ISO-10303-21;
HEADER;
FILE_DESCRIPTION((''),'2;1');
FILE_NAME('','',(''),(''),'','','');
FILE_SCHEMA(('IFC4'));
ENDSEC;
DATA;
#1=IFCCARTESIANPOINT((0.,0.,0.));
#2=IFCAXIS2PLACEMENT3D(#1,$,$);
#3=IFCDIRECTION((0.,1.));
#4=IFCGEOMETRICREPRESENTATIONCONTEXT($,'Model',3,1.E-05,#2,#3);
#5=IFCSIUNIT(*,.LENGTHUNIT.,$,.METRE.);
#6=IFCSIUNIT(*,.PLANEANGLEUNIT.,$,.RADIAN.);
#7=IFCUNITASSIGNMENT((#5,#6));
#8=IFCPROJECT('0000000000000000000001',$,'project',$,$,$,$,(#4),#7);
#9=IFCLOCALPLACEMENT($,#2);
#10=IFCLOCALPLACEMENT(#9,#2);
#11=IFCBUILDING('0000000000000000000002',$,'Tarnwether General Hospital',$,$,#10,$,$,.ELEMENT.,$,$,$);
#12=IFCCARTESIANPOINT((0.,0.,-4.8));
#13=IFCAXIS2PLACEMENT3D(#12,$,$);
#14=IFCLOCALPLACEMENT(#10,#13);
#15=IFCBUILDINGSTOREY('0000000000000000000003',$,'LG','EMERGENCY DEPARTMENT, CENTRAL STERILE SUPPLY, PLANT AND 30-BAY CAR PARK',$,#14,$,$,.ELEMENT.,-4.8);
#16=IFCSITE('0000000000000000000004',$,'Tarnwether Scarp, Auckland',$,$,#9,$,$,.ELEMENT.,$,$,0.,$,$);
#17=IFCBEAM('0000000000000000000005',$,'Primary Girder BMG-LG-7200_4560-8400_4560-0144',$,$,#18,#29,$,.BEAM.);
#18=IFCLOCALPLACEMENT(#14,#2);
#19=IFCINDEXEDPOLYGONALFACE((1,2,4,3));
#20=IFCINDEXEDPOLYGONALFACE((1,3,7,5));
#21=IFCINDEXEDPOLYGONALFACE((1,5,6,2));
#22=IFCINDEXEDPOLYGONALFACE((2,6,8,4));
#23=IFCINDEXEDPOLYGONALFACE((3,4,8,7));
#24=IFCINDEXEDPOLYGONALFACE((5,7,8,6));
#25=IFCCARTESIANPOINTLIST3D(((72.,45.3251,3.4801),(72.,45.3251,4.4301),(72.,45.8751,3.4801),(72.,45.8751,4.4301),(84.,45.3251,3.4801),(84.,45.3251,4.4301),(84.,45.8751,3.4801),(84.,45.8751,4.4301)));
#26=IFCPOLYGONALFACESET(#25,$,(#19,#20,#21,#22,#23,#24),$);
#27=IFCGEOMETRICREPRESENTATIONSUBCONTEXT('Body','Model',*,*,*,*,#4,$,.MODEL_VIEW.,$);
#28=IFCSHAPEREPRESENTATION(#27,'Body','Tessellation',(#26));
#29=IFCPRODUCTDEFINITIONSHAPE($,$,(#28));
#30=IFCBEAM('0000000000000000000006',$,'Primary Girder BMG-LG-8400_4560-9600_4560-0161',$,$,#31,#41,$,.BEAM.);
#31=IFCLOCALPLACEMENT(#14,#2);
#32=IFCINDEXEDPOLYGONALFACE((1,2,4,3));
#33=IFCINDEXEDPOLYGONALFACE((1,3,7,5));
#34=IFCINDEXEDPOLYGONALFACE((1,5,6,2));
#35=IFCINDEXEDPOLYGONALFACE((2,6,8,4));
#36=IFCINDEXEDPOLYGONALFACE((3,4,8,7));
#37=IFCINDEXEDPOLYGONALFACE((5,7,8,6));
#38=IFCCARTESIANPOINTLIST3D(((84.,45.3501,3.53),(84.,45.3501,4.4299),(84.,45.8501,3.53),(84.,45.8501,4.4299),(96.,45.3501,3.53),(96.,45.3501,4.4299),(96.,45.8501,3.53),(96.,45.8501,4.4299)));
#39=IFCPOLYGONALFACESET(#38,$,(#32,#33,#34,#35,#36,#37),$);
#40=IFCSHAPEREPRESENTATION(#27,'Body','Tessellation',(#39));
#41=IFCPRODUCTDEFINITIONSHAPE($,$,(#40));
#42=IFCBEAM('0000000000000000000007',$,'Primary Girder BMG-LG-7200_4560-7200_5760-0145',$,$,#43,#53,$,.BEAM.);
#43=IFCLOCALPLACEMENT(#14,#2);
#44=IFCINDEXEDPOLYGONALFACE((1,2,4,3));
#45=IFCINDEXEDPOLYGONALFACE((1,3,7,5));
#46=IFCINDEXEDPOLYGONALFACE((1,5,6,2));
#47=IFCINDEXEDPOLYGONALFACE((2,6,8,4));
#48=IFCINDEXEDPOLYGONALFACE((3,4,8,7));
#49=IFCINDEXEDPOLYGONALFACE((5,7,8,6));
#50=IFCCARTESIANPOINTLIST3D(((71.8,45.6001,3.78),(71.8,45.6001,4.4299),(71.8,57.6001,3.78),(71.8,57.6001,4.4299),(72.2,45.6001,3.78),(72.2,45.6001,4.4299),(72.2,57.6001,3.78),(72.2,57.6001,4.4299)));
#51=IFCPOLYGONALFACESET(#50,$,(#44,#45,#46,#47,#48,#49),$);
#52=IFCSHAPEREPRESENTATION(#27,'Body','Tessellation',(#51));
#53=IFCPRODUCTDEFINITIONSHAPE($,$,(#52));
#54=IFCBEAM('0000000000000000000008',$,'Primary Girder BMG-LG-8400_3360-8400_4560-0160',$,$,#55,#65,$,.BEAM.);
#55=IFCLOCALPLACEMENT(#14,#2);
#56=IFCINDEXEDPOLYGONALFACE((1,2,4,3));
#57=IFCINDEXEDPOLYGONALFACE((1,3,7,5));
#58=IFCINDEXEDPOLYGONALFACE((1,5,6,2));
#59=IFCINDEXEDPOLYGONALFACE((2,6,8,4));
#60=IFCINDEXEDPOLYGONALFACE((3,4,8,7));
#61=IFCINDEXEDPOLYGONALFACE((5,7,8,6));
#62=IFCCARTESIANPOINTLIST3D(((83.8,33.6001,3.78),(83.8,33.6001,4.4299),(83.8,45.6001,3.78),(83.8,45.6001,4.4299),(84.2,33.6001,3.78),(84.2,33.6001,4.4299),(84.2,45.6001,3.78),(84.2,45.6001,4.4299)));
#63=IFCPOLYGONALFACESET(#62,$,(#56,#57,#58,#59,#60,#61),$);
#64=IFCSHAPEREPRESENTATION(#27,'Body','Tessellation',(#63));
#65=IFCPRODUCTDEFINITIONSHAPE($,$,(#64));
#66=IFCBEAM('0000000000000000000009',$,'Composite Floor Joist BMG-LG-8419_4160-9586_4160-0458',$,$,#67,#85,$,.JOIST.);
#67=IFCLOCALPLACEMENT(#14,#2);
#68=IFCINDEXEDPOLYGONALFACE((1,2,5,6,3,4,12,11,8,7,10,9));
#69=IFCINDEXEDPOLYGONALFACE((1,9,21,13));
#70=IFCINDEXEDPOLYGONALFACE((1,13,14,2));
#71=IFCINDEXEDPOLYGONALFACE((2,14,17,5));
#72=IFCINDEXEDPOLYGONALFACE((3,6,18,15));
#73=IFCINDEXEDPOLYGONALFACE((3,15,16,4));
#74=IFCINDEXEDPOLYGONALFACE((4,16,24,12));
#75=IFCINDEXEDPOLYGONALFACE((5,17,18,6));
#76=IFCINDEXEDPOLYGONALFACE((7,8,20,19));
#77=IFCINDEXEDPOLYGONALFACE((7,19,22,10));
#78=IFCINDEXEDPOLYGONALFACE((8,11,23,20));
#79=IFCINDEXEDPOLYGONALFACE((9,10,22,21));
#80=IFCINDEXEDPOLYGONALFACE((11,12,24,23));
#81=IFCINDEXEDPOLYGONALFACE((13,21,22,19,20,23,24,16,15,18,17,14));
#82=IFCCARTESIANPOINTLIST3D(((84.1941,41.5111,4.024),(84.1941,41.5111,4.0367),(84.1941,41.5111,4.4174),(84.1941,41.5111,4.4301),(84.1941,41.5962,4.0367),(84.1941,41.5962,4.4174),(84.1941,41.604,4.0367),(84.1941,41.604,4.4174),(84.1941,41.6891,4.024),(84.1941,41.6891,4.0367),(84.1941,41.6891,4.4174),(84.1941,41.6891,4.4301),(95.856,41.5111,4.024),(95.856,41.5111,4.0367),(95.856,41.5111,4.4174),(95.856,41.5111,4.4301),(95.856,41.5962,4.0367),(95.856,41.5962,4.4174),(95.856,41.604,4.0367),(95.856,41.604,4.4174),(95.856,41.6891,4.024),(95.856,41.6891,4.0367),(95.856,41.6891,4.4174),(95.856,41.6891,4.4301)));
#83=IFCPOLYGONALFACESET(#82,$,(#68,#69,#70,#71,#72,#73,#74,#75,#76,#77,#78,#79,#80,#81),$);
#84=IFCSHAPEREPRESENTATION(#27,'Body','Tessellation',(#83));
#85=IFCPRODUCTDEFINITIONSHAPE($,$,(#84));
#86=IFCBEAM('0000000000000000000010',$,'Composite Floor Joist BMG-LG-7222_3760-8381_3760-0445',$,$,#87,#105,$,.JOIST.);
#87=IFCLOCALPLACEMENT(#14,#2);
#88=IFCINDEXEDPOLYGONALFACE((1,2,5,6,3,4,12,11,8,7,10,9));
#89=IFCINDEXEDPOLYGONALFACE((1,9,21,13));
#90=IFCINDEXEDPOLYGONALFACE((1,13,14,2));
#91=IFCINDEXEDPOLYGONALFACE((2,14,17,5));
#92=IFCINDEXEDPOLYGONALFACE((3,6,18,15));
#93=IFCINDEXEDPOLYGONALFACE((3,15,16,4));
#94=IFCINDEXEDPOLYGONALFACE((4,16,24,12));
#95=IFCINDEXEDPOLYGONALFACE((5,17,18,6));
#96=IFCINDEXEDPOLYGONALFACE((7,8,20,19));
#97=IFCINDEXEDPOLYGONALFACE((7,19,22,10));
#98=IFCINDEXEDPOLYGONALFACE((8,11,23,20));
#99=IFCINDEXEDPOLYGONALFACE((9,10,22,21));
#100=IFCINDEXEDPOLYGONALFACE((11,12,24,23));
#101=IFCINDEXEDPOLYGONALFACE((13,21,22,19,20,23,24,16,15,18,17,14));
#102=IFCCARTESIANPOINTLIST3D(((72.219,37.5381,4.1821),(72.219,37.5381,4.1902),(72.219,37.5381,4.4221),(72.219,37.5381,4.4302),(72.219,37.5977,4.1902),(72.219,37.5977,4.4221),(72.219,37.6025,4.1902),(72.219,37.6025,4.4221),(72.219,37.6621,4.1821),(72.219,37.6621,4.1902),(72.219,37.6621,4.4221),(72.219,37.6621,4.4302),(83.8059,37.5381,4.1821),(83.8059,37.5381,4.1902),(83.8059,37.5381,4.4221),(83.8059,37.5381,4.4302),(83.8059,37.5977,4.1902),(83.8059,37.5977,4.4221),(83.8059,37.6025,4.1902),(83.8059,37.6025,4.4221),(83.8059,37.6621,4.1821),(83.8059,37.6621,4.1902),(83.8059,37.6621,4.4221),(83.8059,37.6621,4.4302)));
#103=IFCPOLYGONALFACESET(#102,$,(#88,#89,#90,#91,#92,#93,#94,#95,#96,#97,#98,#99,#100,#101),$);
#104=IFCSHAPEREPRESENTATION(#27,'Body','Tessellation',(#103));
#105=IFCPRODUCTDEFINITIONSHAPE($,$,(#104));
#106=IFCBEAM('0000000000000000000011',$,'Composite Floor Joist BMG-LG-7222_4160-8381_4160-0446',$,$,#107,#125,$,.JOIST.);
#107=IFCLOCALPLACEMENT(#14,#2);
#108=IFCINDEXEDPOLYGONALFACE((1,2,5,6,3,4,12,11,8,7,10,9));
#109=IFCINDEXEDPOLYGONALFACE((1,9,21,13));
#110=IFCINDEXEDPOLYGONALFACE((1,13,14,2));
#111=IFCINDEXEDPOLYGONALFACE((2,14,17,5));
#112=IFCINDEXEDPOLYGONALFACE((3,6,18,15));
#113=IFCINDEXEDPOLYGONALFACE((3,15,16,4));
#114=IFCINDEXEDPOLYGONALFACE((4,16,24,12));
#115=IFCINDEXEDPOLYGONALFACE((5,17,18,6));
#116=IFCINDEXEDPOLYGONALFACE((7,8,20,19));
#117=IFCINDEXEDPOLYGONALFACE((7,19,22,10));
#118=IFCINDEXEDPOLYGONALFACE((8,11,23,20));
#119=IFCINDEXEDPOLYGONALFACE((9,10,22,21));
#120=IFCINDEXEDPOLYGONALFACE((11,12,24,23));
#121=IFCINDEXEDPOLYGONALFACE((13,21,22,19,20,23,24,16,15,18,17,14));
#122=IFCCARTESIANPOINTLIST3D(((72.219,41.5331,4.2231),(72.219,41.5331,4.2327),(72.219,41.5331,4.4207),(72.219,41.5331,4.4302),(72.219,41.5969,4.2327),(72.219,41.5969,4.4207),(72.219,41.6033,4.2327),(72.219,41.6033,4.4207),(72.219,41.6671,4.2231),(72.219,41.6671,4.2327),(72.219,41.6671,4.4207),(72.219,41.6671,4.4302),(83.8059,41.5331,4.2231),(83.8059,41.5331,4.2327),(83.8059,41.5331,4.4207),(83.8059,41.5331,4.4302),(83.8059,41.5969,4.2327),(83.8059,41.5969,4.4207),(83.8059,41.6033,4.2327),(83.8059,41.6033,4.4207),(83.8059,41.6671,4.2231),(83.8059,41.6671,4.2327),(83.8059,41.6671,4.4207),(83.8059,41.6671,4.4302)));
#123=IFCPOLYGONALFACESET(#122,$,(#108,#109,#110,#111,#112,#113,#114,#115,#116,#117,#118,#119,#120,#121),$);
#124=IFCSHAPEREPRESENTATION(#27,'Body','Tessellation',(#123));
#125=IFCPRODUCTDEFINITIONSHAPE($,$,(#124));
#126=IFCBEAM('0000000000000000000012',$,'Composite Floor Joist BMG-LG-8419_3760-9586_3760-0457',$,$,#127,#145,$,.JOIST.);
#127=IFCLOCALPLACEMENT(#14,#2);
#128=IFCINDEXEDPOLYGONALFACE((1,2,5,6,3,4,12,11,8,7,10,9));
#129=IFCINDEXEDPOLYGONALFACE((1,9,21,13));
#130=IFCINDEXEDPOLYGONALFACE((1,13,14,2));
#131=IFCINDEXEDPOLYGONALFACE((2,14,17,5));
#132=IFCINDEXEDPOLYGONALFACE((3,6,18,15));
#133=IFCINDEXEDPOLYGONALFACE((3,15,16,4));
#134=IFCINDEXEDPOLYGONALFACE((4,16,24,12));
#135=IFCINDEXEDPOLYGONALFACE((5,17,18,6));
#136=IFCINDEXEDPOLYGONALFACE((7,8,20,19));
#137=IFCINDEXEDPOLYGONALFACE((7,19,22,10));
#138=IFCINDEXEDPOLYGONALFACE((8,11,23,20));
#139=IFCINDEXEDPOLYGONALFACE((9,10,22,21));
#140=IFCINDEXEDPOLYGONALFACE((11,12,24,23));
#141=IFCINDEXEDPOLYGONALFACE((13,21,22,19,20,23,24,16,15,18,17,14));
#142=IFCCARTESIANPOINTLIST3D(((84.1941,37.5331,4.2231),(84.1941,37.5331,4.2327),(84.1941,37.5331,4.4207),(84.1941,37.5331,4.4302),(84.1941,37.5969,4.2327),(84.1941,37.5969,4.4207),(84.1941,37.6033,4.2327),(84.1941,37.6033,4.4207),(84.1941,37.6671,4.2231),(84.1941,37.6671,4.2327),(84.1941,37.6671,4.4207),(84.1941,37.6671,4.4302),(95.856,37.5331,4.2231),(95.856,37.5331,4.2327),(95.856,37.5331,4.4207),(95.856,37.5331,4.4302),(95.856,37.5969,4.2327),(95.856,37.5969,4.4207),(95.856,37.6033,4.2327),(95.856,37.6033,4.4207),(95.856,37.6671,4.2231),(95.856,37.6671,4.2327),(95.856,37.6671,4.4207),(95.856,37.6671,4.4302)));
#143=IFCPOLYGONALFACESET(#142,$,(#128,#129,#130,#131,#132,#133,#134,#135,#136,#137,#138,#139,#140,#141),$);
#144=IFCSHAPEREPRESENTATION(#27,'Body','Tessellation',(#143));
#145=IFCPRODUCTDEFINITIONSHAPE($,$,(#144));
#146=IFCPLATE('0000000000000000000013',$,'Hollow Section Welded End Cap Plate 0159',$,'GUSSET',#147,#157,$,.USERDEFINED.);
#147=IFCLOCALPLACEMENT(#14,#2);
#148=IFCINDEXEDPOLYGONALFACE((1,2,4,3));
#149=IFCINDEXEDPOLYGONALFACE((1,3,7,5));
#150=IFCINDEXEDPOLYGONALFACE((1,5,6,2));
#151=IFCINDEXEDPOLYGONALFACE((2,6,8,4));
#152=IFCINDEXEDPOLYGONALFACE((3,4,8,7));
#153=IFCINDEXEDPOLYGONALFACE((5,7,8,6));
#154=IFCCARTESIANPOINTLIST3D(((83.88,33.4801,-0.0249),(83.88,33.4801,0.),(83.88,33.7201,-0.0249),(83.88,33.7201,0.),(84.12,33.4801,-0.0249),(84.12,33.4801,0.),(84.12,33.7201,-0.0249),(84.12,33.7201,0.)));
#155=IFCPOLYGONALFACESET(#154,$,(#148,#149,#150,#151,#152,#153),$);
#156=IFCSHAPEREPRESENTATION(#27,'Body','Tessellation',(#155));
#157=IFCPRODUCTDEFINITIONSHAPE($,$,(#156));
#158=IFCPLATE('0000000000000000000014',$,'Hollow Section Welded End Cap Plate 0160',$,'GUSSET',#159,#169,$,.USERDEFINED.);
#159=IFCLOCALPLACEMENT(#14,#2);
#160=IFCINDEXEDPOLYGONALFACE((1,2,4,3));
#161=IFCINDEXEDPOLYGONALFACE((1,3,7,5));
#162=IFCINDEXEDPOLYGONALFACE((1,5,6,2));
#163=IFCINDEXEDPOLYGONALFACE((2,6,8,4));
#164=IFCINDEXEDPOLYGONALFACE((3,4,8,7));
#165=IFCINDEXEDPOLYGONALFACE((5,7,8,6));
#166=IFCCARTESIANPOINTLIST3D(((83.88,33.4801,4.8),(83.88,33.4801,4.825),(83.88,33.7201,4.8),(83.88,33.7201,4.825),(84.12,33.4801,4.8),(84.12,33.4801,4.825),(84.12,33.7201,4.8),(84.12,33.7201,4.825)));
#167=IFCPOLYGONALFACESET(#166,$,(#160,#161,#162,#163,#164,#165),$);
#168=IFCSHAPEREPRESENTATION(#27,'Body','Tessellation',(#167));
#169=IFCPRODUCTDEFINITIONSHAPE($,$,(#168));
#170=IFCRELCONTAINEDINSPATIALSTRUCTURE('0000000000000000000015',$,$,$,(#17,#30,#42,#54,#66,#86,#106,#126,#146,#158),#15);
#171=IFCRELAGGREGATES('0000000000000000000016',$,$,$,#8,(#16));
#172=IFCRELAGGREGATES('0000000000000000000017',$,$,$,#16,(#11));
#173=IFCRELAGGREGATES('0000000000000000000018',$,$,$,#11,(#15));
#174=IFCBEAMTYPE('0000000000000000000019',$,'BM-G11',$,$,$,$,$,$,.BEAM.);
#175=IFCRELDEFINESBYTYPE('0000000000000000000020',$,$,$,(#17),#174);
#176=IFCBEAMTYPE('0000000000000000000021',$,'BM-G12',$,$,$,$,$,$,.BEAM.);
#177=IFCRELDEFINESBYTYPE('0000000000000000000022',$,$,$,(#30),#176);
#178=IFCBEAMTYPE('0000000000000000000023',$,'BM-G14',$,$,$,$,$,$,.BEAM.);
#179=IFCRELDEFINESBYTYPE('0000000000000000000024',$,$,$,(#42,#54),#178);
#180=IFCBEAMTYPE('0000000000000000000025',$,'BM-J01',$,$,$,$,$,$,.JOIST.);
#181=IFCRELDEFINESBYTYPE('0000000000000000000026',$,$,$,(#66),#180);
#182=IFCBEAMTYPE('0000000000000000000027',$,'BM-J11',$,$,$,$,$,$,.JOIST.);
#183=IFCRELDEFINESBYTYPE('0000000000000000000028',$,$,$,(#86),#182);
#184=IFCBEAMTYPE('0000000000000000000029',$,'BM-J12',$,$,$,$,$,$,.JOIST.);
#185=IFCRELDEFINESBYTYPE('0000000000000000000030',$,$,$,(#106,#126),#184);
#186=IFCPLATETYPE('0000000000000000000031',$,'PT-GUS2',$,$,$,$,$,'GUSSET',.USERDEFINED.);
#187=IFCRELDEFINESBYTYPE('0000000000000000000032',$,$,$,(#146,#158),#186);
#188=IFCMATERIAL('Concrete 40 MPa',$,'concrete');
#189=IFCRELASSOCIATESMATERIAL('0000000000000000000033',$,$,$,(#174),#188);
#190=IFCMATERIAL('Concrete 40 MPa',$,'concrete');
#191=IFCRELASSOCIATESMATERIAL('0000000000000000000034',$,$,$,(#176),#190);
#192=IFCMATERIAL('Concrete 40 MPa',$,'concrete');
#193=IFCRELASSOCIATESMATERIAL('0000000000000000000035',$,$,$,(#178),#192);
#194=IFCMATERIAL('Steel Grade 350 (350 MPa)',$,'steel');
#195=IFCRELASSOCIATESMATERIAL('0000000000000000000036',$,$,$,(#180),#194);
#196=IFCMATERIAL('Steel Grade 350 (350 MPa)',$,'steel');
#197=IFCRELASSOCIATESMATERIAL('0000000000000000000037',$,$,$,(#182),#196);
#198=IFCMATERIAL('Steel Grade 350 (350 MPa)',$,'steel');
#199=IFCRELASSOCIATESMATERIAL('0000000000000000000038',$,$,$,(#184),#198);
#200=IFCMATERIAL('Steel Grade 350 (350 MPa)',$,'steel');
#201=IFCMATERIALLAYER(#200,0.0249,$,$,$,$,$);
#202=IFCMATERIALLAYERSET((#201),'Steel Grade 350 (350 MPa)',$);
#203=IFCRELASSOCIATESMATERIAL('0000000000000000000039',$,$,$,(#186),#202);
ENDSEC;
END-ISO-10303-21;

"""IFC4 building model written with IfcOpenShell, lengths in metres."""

from ifc_helpers import new_model, si_unit, direction, frame, origin, origin_2d, place, context, subcontext, project, spatial, rectangle, i_section, extrude, material, layer, layer_set, material_profile, profile_set, type_object, element, save


model = new_model("IFC4")

# Units and contexts
model_context = context("Model", 3, precision=1e-05, world=origin(), true_north=direction((0.0, 1.0)))
body_context = subcontext(model_context, "Body", "Model", "MODEL_VIEW")
ifc_project = project(units=[si_unit("LENGTHUNIT", "METRE"), si_unit("PLANEANGLEUNIT", "RADIAN")], contexts=[model_context])

# Site, building, storey
site_placement = place(None, origin())
site = spatial("IfcSite", under=ifc_project, at=site_placement, Name="Tarnwether Scarp, Auckland", CompositionType="ELEMENT", RefElevation=0.0)
building_placement = place(site_placement, origin())
building = spatial("IfcBuilding", under=site, at=building_placement, Name="Tarnwether General Hospital", CompositionType="ELEMENT")
storey_placement = place(building_placement, frame((0.0, 0.0, -4.8)))
storey = spatial("IfcBuildingStorey", under=building, at=storey_placement, Name="LG", Description="EMERGENCY DEPARTMENT, CENTRAL STERILE SUPPLY, PLANT AND 30-BAY CAR PARK", CompositionType="ELEMENT", Elevation=-4.8)

# Beams
ifc_material_1 = material(Name="Concrete 40 MPa", Category="concrete")
ifc_material_profile_1 = material_profile(ifc_material_1, rectangle(XDim=0.55, YDim=0.95, at=origin_2d()), Name="RC-BM-550x950")
ifc_profile_set_1 = profile_set([ifc_material_profile_1], Name="Concrete 40 MPa")
beam_type_1 = type_object("IfcBeamType", Name="BM-G11", PredefinedType="BEAM", material=ifc_profile_set_1)
beam_1_placement = place(storey_placement, frame((72.0, 45.6001, 3.9551), z_axis=(1.0, 0.0, 0.0), x_axis=(0.0, 1.0, 0.0)))
element("IfcBeam", 1, at=beam_1_placement, inside=storey, type_object=beam_type_1, Name="Primary Girder BMG-LG-7200_4560-8400_4560-0144", PredefinedType="BEAM", context=body_context, shape_type="SweptSolid", body=[
    extrude(rectangle(XDim=0.55, YDim=0.95, at=origin_2d()), origin(), (0.0, 0.0, 1.0), 12.0),
])
ifc_material_2 = material(Name="Concrete 40 MPa", Category="concrete")
ifc_material_profile_2 = material_profile(ifc_material_2, rectangle(XDim=0.5, YDim=0.8999, at=origin_2d()), Name="RC-BM-500x900")
ifc_profile_set_2 = profile_set([ifc_material_profile_2], Name="Concrete 40 MPa")
beam_type_2 = type_object("IfcBeamType", Name="BM-G12", PredefinedType="BEAM", material=ifc_profile_set_2)
beam_2_placement = place(storey_placement, frame((84.0, 45.6001, 3.98), z_axis=(1.0, 0.0, 0.0), x_axis=(0.0, 1.0, 0.0)))
element("IfcBeam", 2, at=beam_2_placement, inside=storey, type_object=beam_type_2, Name="Primary Girder BMG-LG-8400_4560-9600_4560-0161", PredefinedType="BEAM", context=body_context, shape_type="SweptSolid", body=[
    extrude(rectangle(XDim=0.5, YDim=0.8999, at=origin_2d()), origin(), (0.0, 0.0, 1.0), 12.0),
])
ifc_material_3 = material(Name="Concrete 40 MPa", Category="concrete")
ifc_material_profile_3 = material_profile(ifc_material_3, rectangle(XDim=0.3999, YDim=0.6499, at=origin_2d()), Name="RC-BM-400x650")
ifc_profile_set_3 = profile_set([ifc_material_profile_3], Name="Concrete 40 MPa")
beam_type_3 = type_object("IfcBeamType", Name="BM-G14", PredefinedType="BEAM", material=ifc_profile_set_3)
for number, where, z_axis, x_axis, name in (
    (3, (72.0, 45.6001, 4.105), (0.0, 1.0, 0.0), (-1.0, 0.0, 0.0), "Primary Girder BMG-LG-7200_4560-7200_5760-0145"),
    (4, (84.0, 33.6001, 4.105), (0.0, 1.0, 0.0), (-1.0, 0.0, 0.0), "Primary Girder BMG-LG-8400_3360-8400_4560-0160"),
):
    element("IfcBeam", number, at=place(storey_placement, frame(where, z_axis=z_axis, x_axis=x_axis)), inside=storey, type_object=beam_type_3, Name=name, PredefinedType="BEAM", context=body_context, shape_type="SweptSolid", body=[
        extrude(rectangle(XDim=0.3999, YDim=0.6499, at=origin_2d()), origin(), (0.0, 0.0, 1.0), 12.0),
    ])
ifc_material_4 = material(Name="Steel Grade 350 (350 MPa)", Category="steel")
ifc_material_profile_4 = material_profile(ifc_material_4, i_section(OverallWidth=0.178, OverallDepth=0.406, WebThickness=0.0078, FlangeThickness=0.0127, at=origin_2d()), Name="410UB59.7")
ifc_profile_set_4 = profile_set([ifc_material_profile_4], Name="Steel Grade 350 (350 MPa)")
beam_type_4 = type_object("IfcBeamType", Name="BM-J01", PredefinedType="JOIST", material=ifc_profile_set_4)
beam_3_placement = place(storey_placement, frame((84.1941, 41.6001, 4.2271), z_axis=(1.0, 0.0, 0.0), x_axis=(0.0, 1.0, 0.0)))
element("IfcBeam", 5, at=beam_3_placement, inside=storey, type_object=beam_type_4, Name="Composite Floor Joist BMG-LG-8419_4160-9586_4160-0458", PredefinedType="JOIST", context=body_context, shape_type="SweptSolid", body=[
    extrude(i_section(OverallWidth=0.178, OverallDepth=0.406, WebThickness=0.0078, FlangeThickness=0.0127, at=origin_2d()), origin(), (0.0, 0.0, 1.0), 11.6619),
])
ifc_material_5 = material(Name="Steel Grade 350 (350 MPa)", Category="steel")
ifc_material_profile_5 = material_profile(ifc_material_5, i_section(OverallWidth=0.124, OverallDepth=0.248, WebThickness=0.0049, FlangeThickness=0.0081, at=origin_2d()), Name="250UB25.7")
ifc_profile_set_5 = profile_set([ifc_material_profile_5], Name="Steel Grade 350 (350 MPa)")
beam_type_5 = type_object("IfcBeamType", Name="BM-J11", PredefinedType="JOIST", material=ifc_profile_set_5)
beam_4_placement = place(storey_placement, frame((72.219, 37.6001, 4.3062), z_axis=(1.0, 0.0, 0.0), x_axis=(0.0, 1.0, 0.0)))
element("IfcBeam", 6, at=beam_4_placement, inside=storey, type_object=beam_type_5, Name="Composite Floor Joist BMG-LG-7222_3760-8381_3760-0445", PredefinedType="JOIST", context=body_context, shape_type="SweptSolid", body=[
    extrude(i_section(OverallWidth=0.124, OverallDepth=0.248, WebThickness=0.0049, FlangeThickness=0.0081, at=origin_2d()), origin(), (0.0, 0.0, 1.0), 11.5869),
])
ifc_material_6 = material(Name="Steel Grade 350 (350 MPa)", Category="steel")
ifc_material_profile_6 = material_profile(ifc_material_6, i_section(OverallWidth=0.134, OverallDepth=0.207, WebThickness=0.0063, FlangeThickness=0.0095, at=origin_2d()), Name="200UB29.8")
ifc_profile_set_6 = profile_set([ifc_material_profile_6], Name="Steel Grade 350 (350 MPa)")
beam_type_6 = type_object("IfcBeamType", Name="BM-J12", PredefinedType="JOIST", material=ifc_profile_set_6)
beam_5_placement = place(storey_placement, frame((72.219, 41.6001, 4.3267), z_axis=(1.0, 0.0, 0.0), x_axis=(0.0, 1.0, 0.0)))
element("IfcBeam", 7, at=beam_5_placement, inside=storey, type_object=beam_type_6, Name="Composite Floor Joist BMG-LG-7222_4160-8381_4160-0446", PredefinedType="JOIST", context=body_context, shape_type="SweptSolid", body=[
    extrude(i_section(OverallWidth=0.134, OverallDepth=0.207, WebThickness=0.0063, FlangeThickness=0.0095, at=origin_2d()), origin(), (0.0, 0.0, 1.0), 11.5869),
])
beam_6_placement = place(storey_placement, frame((84.1941, 37.6001, 4.3267), z_axis=(1.0, 0.0, 0.0), x_axis=(0.0, 1.0, 0.0)))
element("IfcBeam", 8, at=beam_6_placement, inside=storey, type_object=beam_type_6, Name="Composite Floor Joist BMG-LG-8419_3760-9586_3760-0457", PredefinedType="JOIST", context=body_context, shape_type="SweptSolid", body=[
    extrude(i_section(OverallWidth=0.134, OverallDepth=0.207, WebThickness=0.0063, FlangeThickness=0.0095, at=origin_2d()), origin(), (0.0, 0.0, 1.0), 11.6619),
])

# Plates
ifc_material_7 = material(Name="Steel Grade 350 (350 MPa)", Category="steel")
ifc_layer = layer(ifc_material_7, 0.0249)
ifc_layer_set = layer_set([ifc_layer], Name="Steel Grade 350 (350 MPa)")
plate_type = type_object("IfcPlateType", Name="PT-GUS2", ElementType="GUSSET", PredefinedType="USERDEFINED", material=ifc_layer_set)
for number, where, z_axis, x_axis, name in (
    (9, (84.0, 33.6001, -0.0249), (0.0, 0.0, 1.0), (1.0, 0.0, 0.0), "Hollow Section Welded End Cap Plate 0159"),
    (10, (84.0, 33.6001, 4.8), (0.0, 0.0, 1.0), (1.0, 0.0, 0.0), "Hollow Section Welded End Cap Plate 0160"),
):
    element("IfcPlate", number, at=place(storey_placement, frame(where, z_axis=z_axis, x_axis=x_axis)), inside=storey, type_object=plate_type, Name=name, ObjectType="GUSSET", PredefinedType="USERDEFINED", context=body_context, shape_type="SweptSolid", body=[
        extrude(rectangle(XDim=0.24, YDim=0.24, at=origin_2d()), origin(), (0.0, 0.0, 1.0), 0.0249),
    ])

save(model, "model.ifc")
